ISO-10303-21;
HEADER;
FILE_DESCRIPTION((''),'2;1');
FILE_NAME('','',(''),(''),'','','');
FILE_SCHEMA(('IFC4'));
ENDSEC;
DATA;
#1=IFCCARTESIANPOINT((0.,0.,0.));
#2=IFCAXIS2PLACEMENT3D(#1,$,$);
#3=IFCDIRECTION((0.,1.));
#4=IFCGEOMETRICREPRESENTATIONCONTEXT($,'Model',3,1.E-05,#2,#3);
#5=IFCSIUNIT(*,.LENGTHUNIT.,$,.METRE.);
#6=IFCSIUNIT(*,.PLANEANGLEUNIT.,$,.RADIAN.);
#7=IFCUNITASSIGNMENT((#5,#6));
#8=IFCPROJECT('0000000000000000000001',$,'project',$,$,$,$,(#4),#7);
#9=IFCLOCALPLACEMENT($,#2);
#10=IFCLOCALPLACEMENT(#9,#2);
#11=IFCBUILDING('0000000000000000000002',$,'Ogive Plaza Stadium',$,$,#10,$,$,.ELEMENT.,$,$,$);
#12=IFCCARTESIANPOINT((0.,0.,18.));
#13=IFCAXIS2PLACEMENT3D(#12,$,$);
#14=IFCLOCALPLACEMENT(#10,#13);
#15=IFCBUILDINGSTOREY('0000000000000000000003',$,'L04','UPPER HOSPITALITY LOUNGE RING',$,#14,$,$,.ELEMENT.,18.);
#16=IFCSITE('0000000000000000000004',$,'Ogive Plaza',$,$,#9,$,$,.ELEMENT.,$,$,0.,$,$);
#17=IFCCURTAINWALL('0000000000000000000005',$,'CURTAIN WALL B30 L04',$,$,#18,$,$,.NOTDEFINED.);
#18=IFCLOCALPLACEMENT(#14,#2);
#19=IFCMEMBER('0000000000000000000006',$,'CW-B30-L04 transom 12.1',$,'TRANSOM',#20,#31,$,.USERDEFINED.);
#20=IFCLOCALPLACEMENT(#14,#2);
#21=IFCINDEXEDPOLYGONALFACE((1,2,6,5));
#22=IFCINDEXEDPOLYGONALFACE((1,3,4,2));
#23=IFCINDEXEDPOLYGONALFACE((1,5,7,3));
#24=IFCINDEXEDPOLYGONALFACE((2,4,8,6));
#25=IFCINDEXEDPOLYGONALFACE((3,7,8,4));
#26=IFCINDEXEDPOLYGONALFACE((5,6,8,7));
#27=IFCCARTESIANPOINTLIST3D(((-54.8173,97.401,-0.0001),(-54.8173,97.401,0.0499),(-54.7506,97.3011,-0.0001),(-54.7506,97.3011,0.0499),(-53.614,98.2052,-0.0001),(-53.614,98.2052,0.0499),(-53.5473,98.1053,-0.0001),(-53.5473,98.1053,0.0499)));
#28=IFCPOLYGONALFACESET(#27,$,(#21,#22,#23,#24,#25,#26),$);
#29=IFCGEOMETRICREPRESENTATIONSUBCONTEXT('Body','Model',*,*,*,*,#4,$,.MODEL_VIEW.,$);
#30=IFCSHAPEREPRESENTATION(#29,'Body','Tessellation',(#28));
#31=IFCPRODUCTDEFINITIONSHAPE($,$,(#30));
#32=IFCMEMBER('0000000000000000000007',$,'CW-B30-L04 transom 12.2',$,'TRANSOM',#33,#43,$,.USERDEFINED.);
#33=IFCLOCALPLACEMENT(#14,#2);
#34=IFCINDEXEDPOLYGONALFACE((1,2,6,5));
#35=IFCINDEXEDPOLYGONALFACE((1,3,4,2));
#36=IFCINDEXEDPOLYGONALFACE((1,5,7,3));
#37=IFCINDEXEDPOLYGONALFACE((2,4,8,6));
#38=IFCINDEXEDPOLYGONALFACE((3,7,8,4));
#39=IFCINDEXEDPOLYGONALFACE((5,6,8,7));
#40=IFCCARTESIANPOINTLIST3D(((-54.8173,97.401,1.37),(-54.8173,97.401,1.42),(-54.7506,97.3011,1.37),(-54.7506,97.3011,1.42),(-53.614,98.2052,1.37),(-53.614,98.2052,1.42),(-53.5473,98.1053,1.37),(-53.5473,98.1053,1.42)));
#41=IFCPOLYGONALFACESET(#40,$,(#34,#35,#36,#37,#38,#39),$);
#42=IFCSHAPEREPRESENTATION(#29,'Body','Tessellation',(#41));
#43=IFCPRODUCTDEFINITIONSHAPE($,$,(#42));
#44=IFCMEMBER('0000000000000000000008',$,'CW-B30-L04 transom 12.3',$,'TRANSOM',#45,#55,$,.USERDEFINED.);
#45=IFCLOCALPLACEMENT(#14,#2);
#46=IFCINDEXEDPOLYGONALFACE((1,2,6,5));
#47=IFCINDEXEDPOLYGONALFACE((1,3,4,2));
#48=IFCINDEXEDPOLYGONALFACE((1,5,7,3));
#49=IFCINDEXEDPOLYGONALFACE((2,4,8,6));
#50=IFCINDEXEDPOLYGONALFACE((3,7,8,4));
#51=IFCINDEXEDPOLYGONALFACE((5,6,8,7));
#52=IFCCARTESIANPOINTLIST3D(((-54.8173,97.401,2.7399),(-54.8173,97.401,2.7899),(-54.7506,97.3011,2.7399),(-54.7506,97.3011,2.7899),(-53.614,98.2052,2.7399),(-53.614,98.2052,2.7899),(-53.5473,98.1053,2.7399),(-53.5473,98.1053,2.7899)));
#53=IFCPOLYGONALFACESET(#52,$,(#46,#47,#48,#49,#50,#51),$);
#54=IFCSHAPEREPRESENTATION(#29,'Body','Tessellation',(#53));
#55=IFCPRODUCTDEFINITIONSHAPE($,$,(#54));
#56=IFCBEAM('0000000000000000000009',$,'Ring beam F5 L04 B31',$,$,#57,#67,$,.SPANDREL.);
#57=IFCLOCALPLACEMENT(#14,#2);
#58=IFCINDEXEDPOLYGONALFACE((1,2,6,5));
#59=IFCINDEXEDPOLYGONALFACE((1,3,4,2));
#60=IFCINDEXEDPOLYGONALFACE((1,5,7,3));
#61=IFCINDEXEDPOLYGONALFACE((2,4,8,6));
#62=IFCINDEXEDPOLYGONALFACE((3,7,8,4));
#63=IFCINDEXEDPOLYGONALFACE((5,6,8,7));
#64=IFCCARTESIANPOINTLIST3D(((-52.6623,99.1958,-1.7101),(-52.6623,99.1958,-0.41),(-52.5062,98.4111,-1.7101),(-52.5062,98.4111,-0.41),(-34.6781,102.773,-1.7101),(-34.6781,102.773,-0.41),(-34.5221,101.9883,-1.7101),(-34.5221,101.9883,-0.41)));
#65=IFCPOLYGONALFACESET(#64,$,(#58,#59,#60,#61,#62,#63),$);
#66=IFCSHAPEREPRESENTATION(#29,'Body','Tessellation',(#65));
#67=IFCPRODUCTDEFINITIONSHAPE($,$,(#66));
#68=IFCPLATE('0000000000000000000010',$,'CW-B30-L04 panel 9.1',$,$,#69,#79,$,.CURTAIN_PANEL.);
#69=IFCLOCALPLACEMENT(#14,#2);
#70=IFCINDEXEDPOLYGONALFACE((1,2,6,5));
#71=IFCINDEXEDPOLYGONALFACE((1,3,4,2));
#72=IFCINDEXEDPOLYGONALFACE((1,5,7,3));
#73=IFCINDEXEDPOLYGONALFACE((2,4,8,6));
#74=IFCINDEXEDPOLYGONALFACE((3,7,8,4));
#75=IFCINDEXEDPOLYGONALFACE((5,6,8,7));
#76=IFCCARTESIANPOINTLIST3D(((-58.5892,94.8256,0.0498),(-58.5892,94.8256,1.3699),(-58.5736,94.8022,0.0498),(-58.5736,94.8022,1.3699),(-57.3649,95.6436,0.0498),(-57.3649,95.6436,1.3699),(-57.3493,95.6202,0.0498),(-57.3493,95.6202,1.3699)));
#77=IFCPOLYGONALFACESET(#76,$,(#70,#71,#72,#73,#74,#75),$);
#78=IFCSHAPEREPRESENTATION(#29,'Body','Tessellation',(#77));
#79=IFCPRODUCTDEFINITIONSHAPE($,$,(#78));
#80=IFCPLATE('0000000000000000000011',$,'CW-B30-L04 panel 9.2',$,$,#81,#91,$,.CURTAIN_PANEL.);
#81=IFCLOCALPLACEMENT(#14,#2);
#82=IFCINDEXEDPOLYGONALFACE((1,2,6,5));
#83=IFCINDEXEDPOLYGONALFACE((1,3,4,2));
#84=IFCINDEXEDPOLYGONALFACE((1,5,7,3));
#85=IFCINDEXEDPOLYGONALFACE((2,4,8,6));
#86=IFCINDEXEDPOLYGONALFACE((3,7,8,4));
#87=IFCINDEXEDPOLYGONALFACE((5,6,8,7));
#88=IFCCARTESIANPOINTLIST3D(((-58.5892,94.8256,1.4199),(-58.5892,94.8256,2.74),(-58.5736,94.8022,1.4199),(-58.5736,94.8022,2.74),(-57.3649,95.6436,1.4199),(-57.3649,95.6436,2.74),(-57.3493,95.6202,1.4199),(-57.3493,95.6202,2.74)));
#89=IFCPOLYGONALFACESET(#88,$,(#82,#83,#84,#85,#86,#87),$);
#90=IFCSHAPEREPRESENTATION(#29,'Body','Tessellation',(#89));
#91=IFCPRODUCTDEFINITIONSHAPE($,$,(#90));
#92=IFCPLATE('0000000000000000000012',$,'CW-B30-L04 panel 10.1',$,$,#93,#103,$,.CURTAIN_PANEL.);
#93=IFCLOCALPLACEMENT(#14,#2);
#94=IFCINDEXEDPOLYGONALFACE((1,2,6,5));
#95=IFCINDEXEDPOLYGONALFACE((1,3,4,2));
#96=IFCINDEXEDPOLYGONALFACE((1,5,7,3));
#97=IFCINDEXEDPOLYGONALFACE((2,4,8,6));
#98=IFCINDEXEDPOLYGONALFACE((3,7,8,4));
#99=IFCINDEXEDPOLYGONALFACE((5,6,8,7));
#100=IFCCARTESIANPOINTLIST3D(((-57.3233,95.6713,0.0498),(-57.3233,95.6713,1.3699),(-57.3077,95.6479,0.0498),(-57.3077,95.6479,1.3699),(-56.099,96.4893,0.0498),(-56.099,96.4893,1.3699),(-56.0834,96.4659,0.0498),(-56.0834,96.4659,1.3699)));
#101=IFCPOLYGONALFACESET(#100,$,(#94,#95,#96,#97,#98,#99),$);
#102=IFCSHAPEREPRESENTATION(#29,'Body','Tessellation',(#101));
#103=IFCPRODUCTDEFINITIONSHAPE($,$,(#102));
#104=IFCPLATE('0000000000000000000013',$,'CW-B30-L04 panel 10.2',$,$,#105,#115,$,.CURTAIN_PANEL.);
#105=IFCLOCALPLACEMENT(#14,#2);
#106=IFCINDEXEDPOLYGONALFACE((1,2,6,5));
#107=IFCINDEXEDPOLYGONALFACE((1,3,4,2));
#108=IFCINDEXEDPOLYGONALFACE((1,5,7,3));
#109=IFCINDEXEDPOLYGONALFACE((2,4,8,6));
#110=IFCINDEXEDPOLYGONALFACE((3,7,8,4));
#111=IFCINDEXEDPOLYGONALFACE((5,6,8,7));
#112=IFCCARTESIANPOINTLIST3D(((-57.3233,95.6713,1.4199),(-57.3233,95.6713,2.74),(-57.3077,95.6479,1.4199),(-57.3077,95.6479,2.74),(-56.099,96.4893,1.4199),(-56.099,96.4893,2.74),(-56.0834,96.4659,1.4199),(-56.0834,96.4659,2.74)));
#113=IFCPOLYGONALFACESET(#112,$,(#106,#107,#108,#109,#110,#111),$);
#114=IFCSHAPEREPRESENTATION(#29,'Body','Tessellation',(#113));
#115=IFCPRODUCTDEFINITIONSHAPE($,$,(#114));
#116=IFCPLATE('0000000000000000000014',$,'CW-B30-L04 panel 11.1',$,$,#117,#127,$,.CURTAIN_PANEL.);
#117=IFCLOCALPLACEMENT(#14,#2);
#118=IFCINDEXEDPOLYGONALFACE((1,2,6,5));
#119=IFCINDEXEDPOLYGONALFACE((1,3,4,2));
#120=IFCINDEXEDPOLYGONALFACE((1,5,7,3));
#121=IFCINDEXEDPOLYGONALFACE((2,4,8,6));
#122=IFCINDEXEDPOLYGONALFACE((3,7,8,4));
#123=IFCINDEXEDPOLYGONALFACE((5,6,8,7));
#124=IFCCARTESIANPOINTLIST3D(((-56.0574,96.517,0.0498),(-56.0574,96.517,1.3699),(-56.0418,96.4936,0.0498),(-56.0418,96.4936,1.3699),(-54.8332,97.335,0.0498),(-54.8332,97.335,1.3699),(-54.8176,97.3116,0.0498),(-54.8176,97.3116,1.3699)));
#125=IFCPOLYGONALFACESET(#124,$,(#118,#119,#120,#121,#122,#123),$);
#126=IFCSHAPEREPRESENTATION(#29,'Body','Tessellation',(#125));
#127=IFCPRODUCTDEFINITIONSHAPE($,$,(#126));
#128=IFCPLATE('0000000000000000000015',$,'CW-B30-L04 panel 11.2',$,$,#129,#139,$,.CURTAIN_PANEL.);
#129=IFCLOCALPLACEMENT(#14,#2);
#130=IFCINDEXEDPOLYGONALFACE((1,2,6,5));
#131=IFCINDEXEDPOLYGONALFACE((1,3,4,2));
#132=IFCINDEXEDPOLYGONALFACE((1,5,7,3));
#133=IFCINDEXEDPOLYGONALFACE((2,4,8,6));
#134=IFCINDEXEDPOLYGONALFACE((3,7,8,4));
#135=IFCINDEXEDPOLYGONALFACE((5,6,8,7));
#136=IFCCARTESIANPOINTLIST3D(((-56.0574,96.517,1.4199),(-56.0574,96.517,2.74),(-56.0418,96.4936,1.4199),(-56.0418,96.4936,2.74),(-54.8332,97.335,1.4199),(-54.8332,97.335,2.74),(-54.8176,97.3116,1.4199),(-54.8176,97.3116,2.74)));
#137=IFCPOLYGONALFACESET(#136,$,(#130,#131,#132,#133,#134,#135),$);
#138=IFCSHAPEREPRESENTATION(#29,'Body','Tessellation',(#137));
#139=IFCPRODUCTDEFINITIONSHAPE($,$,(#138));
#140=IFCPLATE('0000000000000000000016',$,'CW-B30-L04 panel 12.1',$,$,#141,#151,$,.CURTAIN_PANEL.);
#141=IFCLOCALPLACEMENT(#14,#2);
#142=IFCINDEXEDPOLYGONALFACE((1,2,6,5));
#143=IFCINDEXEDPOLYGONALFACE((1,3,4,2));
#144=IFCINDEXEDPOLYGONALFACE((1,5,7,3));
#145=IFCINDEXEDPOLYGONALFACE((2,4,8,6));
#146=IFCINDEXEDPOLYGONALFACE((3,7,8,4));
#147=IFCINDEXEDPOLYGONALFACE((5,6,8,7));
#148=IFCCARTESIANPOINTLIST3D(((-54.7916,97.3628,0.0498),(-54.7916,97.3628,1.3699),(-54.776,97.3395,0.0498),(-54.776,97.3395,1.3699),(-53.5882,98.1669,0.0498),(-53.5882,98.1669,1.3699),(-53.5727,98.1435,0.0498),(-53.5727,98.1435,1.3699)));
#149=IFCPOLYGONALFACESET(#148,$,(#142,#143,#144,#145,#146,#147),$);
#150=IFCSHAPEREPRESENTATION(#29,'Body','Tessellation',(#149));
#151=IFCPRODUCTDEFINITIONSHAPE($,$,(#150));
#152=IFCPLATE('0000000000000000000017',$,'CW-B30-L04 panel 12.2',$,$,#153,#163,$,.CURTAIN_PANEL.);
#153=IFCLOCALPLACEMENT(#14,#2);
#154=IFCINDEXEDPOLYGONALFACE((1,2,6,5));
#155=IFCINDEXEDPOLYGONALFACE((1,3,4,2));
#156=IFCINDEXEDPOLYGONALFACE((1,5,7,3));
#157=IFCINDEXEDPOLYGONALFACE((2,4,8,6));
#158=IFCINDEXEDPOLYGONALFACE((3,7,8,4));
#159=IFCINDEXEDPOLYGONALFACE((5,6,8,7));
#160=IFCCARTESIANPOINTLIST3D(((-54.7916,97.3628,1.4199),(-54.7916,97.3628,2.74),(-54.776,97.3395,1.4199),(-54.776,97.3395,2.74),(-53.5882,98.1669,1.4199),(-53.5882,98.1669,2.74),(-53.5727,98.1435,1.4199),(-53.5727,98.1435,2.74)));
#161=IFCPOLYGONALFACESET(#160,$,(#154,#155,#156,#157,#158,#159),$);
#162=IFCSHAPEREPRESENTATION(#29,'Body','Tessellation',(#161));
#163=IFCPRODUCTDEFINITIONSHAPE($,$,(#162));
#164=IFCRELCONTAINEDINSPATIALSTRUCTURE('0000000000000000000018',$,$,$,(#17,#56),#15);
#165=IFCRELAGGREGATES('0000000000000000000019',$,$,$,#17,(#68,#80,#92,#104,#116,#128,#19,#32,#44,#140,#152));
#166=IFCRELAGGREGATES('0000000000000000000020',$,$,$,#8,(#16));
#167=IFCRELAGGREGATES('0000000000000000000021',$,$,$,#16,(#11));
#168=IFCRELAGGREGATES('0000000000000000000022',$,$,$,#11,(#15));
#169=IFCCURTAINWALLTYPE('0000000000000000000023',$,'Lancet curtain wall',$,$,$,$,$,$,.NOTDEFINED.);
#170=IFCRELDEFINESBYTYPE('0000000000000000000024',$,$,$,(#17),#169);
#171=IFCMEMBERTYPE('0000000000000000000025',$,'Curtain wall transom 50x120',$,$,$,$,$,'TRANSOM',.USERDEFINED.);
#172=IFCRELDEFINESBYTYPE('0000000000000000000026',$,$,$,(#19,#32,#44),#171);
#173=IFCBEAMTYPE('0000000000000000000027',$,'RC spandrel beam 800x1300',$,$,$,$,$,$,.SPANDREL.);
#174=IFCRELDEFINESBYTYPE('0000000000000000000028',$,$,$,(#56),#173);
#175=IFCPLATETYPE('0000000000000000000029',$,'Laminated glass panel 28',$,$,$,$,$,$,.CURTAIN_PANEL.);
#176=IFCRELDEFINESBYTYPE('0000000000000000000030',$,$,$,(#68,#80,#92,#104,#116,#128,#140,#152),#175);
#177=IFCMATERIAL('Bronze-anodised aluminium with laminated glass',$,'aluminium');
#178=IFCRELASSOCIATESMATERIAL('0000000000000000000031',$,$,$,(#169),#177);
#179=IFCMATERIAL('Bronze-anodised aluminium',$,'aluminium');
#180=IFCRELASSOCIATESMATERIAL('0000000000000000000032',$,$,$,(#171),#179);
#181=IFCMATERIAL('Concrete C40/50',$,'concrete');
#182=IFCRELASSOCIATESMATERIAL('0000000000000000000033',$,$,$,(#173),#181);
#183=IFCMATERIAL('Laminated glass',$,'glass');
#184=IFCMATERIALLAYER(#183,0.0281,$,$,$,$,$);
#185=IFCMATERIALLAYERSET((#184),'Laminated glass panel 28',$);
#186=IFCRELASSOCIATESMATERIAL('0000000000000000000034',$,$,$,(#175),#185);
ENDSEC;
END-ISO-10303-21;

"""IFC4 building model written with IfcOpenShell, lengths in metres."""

from ifc_helpers import new_model, si_unit, direction, frame, origin, origin_2d, place, context, subcontext, project, spatial, rectangle, extrude, material, layer, layer_set, material_profile, profile_set, type_object, element, aggregate, save


model = new_model("IFC4")

# Units and contexts
model_context = context("Model", 3, precision=1e-05, world=origin(), true_north=direction((0.0, 1.0)))
body_context = subcontext(model_context, "Body", "Model", "MODEL_VIEW")
ifc_project = project(units=[si_unit("LENGTHUNIT", "METRE"), si_unit("PLANEANGLEUNIT", "RADIAN")], contexts=[model_context])

# Site, building, storey
site_placement = place(None, origin())
site = spatial("IfcSite", under=ifc_project, at=site_placement, Name="Ogive Plaza", CompositionType="ELEMENT", RefElevation=0.0)
building_placement = place(site_placement, origin())
building = spatial("IfcBuilding", under=site, at=building_placement, Name="Ogive Plaza Stadium", CompositionType="ELEMENT")
storey_placement = place(building_placement, frame((0.0, 0.0, 18.0)))
storey = spatial("IfcBuildingStorey", under=building, at=storey_placement, Name="L04", Description="UPPER HOSPITALITY LOUNGE RING", CompositionType="ELEMENT", Elevation=18.0)

# Curtain wall
ifc_material_1 = material(Name="Bronze-anodised aluminium with laminated glass", Category="aluminium")
curtain_wall_type = type_object("IfcCurtainWallType", Name="Lancet curtain wall", PredefinedType="NOTDEFINED", material=ifc_material_1)
curtain_wall_1_placement = place(storey_placement, origin())
curtain_wall_1 = element("IfcCurtainWall", 1, at=curtain_wall_1_placement, inside=storey, type_object=curtain_wall_type, Name="CURTAIN WALL B30 L04", PredefinedType="NOTDEFINED")

# Members
ifc_material_2 = material(Name="Bronze-anodised aluminium", Category="aluminium")
ifc_material_profile_1 = material_profile(ifc_material_2, rectangle(XDim=0.1201, YDim=0.05, at=origin_2d()), Name="AL 120x50")
ifc_profile_set_1 = profile_set([ifc_material_profile_1], Name="Bronze-anodised aluminium")
member_type_1 = type_object("IfcMemberType", Name="Curtain wall transom 50x120", ElementType="TRANSOM", PredefinedType="USERDEFINED", material=ifc_profile_set_1)
member_1_placement = place(storey_placement, frame((-54.7839, 97.3511, 0.0249), z_axis=(0.831427, 0.555634, 0.0), x_axis=(-0.555634, 0.831427, 0.0)))
member_1 = element("IfcMember", 2, at=member_1_placement, type_object=member_type_1, Name="CW-B30-L04 transom 12.1", ObjectType="TRANSOM", PredefinedType="USERDEFINED", context=body_context, shape_type="SweptSolid", body=[
    extrude(rectangle(XDim=0.1201, YDim=0.05, at=origin_2d()), origin(), (0.0, 0.0, 1.0), 1.4473),
])
member_2_placement = place(storey_placement, frame((-54.7839, 97.3511, 1.395), z_axis=(0.831427, 0.555634, 0.0), x_axis=(-0.555634, 0.831427, 0.0)))
member_2 = element("IfcMember", 3, at=member_2_placement, type_object=member_type_1, Name="CW-B30-L04 transom 12.2", ObjectType="TRANSOM", PredefinedType="USERDEFINED", context=body_context, shape_type="SweptSolid", body=[
    extrude(rectangle(XDim=0.1201, YDim=0.05, at=origin_2d()), origin(), (0.0, 0.0, 1.0), 1.4473),
])
member_3_placement = place(storey_placement, frame((-54.7839, 97.3511, 2.7649), z_axis=(0.831427, 0.555634, 0.0), x_axis=(-0.555634, 0.831427, 0.0)))
member_3 = element("IfcMember", 4, at=member_3_placement, type_object=member_type_1, Name="CW-B30-L04 transom 12.3", ObjectType="TRANSOM", PredefinedType="USERDEFINED", context=body_context, shape_type="SweptSolid", body=[
    extrude(rectangle(XDim=0.1201, YDim=0.05, at=origin_2d()), origin(), (0.0, 0.0, 1.0), 1.4473),
])

# Beam
ifc_material_3 = material(Name="Concrete C40/50", Category="concrete")
ifc_material_profile_2 = material_profile(ifc_material_3, rectangle(XDim=0.8, YDim=1.3, at=origin_2d()), Name="RC 800x1300")
ifc_profile_set_2 = profile_set([ifc_material_profile_2], Name="Concrete C40/50")
beam_type = type_object("IfcBeamType", Name="RC spandrel beam 800x1300", PredefinedType="SPANDREL", material=ifc_profile_set_2)
beam_placement = place(storey_placement, frame((-52.5842, 98.8035, -1.0601), z_axis=(0.980787, 0.195084, 0.0), x_axis=(-0.195084, 0.980787, 0.0)))
element("IfcBeam", 5, at=beam_placement, inside=storey, type_object=beam_type, Name="Ring beam F5 L04 B31", PredefinedType="SPANDREL", context=body_context, shape_type="SweptSolid", body=[
    extrude(rectangle(XDim=0.8, YDim=1.3, at=origin_2d()), origin(), (0.0, 0.0, 1.0), 18.3364),
])

# Plates
ifc_material_4 = material(Name="Laminated glass", Category="glass")
ifc_layer = layer(ifc_material_4, 0.0281)
ifc_layer_set = layer_set([ifc_layer], Name="Laminated glass panel 28")
plate_type = type_object("IfcPlateType", Name="Laminated glass panel 28", PredefinedType="CURTAIN_PANEL", material=ifc_layer_set)
plate_1_placement = place(storey_placement, frame((-57.9692, 95.2229, 0.0498), z_axis=(0.0, 0.0, 1.0), x_axis=(0.83147, 0.55557, 0.0)))
plate_1 = element("IfcPlate", 6, at=plate_1_placement, type_object=plate_type, Name="CW-B30-L04 panel 9.1", PredefinedType="CURTAIN_PANEL", context=body_context, shape_type="SweptSolid", body=[
    extrude(rectangle(XDim=1.4724, YDim=0.0281, at=origin_2d()), origin(), (0.0, 0.0, 1.0), 1.3201),
])
plate_2_placement = place(storey_placement, frame((-57.9692, 95.2229, 1.4199), z_axis=(0.0, 0.0, 1.0), x_axis=(0.83147, 0.55557, 0.0)))
plate_2 = element("IfcPlate", 7, at=plate_2_placement, type_object=plate_type, Name="CW-B30-L04 panel 9.2", PredefinedType="CURTAIN_PANEL", context=body_context, shape_type="SweptSolid", body=[
    extrude(rectangle(XDim=1.4724, YDim=0.0281, at=origin_2d()), origin(), (0.0, 0.0, 1.0), 1.3201),
])
plate_3_placement = place(storey_placement, frame((-56.7034, 96.0686, 0.0498), z_axis=(0.0, 0.0, 1.0), x_axis=(0.83147, 0.55557, 0.0)))
plate_3 = element("IfcPlate", 8, at=plate_3_placement, type_object=plate_type, Name="CW-B30-L04 panel 10.1", PredefinedType="CURTAIN_PANEL", context=body_context, shape_type="SweptSolid", body=[
    extrude(rectangle(XDim=1.4724, YDim=0.0281, at=origin_2d()), origin(), (0.0, 0.0, 1.0), 1.3201),
])
plate_4_placement = place(storey_placement, frame((-56.7034, 96.0686, 1.4199), z_axis=(0.0, 0.0, 1.0), x_axis=(0.83147, 0.55557, 0.0)))
plate_4 = element("IfcPlate", 9, at=plate_4_placement, type_object=plate_type, Name="CW-B30-L04 panel 10.2", PredefinedType="CURTAIN_PANEL", context=body_context, shape_type="SweptSolid", body=[
    extrude(rectangle(XDim=1.4724, YDim=0.0281, at=origin_2d()), origin(), (0.0, 0.0, 1.0), 1.3201),
])
plate_5_placement = place(storey_placement, frame((-55.4375, 96.9143, 0.0498), z_axis=(0.0, 0.0, 1.0), x_axis=(0.83147, 0.55557, 0.0)))
plate_5 = element("IfcPlate", 10, at=plate_5_placement, type_object=plate_type, Name="CW-B30-L04 panel 11.1", PredefinedType="CURTAIN_PANEL", context=body_context, shape_type="SweptSolid", body=[
    extrude(rectangle(XDim=1.4724, YDim=0.0281, at=origin_2d()), origin(), (0.0, 0.0, 1.0), 1.3201),
])
plate_6_placement = place(storey_placement, frame((-55.4375, 96.9143, 1.4199), z_axis=(0.0, 0.0, 1.0), x_axis=(0.83147, 0.55557, 0.0)))
plate_6 = element("IfcPlate", 11, at=plate_6_placement, type_object=plate_type, Name="CW-B30-L04 panel 11.2", PredefinedType="CURTAIN_PANEL", context=body_context, shape_type="SweptSolid", body=[
    extrude(rectangle(XDim=1.4724, YDim=0.0281, at=origin_2d()), origin(), (0.0, 0.0, 1.0), 1.3201),
])
plate_7_placement = place(storey_placement, frame((-54.1821, 97.7532, 0.0498), z_axis=(0.0, 0.0, 1.0), x_axis=(0.83147, 0.55557, 0.0)))
plate_7 = element("IfcPlate", 12, at=plate_7_placement, type_object=plate_type, Name="CW-B30-L04 panel 12.1", PredefinedType="CURTAIN_PANEL", context=body_context, shape_type="SweptSolid", body=[
    extrude(rectangle(XDim=1.4473, YDim=0.0281, at=origin_2d()), origin(), (0.0, 0.0, 1.0), 1.3201),
])
plate_8_placement = place(storey_placement, frame((-54.1821, 97.7532, 1.4199), z_axis=(0.0, 0.0, 1.0), x_axis=(0.83147, 0.55557, 0.0)))
plate_8 = element("IfcPlate", 13, at=plate_8_placement, type_object=plate_type, Name="CW-B30-L04 panel 12.2", PredefinedType="CURTAIN_PANEL", context=body_context, shape_type="SweptSolid", body=[
    extrude(rectangle(XDim=1.4473, YDim=0.0281, at=origin_2d()), origin(), (0.0, 0.0, 1.0), 1.3201),
])
aggregate(curtain_wall_1, [plate_1, plate_2, plate_3, plate_4, plate_5, plate_6, member_1, member_2, member_3, plate_7, plate_8])

save(model, "model.ifc")
